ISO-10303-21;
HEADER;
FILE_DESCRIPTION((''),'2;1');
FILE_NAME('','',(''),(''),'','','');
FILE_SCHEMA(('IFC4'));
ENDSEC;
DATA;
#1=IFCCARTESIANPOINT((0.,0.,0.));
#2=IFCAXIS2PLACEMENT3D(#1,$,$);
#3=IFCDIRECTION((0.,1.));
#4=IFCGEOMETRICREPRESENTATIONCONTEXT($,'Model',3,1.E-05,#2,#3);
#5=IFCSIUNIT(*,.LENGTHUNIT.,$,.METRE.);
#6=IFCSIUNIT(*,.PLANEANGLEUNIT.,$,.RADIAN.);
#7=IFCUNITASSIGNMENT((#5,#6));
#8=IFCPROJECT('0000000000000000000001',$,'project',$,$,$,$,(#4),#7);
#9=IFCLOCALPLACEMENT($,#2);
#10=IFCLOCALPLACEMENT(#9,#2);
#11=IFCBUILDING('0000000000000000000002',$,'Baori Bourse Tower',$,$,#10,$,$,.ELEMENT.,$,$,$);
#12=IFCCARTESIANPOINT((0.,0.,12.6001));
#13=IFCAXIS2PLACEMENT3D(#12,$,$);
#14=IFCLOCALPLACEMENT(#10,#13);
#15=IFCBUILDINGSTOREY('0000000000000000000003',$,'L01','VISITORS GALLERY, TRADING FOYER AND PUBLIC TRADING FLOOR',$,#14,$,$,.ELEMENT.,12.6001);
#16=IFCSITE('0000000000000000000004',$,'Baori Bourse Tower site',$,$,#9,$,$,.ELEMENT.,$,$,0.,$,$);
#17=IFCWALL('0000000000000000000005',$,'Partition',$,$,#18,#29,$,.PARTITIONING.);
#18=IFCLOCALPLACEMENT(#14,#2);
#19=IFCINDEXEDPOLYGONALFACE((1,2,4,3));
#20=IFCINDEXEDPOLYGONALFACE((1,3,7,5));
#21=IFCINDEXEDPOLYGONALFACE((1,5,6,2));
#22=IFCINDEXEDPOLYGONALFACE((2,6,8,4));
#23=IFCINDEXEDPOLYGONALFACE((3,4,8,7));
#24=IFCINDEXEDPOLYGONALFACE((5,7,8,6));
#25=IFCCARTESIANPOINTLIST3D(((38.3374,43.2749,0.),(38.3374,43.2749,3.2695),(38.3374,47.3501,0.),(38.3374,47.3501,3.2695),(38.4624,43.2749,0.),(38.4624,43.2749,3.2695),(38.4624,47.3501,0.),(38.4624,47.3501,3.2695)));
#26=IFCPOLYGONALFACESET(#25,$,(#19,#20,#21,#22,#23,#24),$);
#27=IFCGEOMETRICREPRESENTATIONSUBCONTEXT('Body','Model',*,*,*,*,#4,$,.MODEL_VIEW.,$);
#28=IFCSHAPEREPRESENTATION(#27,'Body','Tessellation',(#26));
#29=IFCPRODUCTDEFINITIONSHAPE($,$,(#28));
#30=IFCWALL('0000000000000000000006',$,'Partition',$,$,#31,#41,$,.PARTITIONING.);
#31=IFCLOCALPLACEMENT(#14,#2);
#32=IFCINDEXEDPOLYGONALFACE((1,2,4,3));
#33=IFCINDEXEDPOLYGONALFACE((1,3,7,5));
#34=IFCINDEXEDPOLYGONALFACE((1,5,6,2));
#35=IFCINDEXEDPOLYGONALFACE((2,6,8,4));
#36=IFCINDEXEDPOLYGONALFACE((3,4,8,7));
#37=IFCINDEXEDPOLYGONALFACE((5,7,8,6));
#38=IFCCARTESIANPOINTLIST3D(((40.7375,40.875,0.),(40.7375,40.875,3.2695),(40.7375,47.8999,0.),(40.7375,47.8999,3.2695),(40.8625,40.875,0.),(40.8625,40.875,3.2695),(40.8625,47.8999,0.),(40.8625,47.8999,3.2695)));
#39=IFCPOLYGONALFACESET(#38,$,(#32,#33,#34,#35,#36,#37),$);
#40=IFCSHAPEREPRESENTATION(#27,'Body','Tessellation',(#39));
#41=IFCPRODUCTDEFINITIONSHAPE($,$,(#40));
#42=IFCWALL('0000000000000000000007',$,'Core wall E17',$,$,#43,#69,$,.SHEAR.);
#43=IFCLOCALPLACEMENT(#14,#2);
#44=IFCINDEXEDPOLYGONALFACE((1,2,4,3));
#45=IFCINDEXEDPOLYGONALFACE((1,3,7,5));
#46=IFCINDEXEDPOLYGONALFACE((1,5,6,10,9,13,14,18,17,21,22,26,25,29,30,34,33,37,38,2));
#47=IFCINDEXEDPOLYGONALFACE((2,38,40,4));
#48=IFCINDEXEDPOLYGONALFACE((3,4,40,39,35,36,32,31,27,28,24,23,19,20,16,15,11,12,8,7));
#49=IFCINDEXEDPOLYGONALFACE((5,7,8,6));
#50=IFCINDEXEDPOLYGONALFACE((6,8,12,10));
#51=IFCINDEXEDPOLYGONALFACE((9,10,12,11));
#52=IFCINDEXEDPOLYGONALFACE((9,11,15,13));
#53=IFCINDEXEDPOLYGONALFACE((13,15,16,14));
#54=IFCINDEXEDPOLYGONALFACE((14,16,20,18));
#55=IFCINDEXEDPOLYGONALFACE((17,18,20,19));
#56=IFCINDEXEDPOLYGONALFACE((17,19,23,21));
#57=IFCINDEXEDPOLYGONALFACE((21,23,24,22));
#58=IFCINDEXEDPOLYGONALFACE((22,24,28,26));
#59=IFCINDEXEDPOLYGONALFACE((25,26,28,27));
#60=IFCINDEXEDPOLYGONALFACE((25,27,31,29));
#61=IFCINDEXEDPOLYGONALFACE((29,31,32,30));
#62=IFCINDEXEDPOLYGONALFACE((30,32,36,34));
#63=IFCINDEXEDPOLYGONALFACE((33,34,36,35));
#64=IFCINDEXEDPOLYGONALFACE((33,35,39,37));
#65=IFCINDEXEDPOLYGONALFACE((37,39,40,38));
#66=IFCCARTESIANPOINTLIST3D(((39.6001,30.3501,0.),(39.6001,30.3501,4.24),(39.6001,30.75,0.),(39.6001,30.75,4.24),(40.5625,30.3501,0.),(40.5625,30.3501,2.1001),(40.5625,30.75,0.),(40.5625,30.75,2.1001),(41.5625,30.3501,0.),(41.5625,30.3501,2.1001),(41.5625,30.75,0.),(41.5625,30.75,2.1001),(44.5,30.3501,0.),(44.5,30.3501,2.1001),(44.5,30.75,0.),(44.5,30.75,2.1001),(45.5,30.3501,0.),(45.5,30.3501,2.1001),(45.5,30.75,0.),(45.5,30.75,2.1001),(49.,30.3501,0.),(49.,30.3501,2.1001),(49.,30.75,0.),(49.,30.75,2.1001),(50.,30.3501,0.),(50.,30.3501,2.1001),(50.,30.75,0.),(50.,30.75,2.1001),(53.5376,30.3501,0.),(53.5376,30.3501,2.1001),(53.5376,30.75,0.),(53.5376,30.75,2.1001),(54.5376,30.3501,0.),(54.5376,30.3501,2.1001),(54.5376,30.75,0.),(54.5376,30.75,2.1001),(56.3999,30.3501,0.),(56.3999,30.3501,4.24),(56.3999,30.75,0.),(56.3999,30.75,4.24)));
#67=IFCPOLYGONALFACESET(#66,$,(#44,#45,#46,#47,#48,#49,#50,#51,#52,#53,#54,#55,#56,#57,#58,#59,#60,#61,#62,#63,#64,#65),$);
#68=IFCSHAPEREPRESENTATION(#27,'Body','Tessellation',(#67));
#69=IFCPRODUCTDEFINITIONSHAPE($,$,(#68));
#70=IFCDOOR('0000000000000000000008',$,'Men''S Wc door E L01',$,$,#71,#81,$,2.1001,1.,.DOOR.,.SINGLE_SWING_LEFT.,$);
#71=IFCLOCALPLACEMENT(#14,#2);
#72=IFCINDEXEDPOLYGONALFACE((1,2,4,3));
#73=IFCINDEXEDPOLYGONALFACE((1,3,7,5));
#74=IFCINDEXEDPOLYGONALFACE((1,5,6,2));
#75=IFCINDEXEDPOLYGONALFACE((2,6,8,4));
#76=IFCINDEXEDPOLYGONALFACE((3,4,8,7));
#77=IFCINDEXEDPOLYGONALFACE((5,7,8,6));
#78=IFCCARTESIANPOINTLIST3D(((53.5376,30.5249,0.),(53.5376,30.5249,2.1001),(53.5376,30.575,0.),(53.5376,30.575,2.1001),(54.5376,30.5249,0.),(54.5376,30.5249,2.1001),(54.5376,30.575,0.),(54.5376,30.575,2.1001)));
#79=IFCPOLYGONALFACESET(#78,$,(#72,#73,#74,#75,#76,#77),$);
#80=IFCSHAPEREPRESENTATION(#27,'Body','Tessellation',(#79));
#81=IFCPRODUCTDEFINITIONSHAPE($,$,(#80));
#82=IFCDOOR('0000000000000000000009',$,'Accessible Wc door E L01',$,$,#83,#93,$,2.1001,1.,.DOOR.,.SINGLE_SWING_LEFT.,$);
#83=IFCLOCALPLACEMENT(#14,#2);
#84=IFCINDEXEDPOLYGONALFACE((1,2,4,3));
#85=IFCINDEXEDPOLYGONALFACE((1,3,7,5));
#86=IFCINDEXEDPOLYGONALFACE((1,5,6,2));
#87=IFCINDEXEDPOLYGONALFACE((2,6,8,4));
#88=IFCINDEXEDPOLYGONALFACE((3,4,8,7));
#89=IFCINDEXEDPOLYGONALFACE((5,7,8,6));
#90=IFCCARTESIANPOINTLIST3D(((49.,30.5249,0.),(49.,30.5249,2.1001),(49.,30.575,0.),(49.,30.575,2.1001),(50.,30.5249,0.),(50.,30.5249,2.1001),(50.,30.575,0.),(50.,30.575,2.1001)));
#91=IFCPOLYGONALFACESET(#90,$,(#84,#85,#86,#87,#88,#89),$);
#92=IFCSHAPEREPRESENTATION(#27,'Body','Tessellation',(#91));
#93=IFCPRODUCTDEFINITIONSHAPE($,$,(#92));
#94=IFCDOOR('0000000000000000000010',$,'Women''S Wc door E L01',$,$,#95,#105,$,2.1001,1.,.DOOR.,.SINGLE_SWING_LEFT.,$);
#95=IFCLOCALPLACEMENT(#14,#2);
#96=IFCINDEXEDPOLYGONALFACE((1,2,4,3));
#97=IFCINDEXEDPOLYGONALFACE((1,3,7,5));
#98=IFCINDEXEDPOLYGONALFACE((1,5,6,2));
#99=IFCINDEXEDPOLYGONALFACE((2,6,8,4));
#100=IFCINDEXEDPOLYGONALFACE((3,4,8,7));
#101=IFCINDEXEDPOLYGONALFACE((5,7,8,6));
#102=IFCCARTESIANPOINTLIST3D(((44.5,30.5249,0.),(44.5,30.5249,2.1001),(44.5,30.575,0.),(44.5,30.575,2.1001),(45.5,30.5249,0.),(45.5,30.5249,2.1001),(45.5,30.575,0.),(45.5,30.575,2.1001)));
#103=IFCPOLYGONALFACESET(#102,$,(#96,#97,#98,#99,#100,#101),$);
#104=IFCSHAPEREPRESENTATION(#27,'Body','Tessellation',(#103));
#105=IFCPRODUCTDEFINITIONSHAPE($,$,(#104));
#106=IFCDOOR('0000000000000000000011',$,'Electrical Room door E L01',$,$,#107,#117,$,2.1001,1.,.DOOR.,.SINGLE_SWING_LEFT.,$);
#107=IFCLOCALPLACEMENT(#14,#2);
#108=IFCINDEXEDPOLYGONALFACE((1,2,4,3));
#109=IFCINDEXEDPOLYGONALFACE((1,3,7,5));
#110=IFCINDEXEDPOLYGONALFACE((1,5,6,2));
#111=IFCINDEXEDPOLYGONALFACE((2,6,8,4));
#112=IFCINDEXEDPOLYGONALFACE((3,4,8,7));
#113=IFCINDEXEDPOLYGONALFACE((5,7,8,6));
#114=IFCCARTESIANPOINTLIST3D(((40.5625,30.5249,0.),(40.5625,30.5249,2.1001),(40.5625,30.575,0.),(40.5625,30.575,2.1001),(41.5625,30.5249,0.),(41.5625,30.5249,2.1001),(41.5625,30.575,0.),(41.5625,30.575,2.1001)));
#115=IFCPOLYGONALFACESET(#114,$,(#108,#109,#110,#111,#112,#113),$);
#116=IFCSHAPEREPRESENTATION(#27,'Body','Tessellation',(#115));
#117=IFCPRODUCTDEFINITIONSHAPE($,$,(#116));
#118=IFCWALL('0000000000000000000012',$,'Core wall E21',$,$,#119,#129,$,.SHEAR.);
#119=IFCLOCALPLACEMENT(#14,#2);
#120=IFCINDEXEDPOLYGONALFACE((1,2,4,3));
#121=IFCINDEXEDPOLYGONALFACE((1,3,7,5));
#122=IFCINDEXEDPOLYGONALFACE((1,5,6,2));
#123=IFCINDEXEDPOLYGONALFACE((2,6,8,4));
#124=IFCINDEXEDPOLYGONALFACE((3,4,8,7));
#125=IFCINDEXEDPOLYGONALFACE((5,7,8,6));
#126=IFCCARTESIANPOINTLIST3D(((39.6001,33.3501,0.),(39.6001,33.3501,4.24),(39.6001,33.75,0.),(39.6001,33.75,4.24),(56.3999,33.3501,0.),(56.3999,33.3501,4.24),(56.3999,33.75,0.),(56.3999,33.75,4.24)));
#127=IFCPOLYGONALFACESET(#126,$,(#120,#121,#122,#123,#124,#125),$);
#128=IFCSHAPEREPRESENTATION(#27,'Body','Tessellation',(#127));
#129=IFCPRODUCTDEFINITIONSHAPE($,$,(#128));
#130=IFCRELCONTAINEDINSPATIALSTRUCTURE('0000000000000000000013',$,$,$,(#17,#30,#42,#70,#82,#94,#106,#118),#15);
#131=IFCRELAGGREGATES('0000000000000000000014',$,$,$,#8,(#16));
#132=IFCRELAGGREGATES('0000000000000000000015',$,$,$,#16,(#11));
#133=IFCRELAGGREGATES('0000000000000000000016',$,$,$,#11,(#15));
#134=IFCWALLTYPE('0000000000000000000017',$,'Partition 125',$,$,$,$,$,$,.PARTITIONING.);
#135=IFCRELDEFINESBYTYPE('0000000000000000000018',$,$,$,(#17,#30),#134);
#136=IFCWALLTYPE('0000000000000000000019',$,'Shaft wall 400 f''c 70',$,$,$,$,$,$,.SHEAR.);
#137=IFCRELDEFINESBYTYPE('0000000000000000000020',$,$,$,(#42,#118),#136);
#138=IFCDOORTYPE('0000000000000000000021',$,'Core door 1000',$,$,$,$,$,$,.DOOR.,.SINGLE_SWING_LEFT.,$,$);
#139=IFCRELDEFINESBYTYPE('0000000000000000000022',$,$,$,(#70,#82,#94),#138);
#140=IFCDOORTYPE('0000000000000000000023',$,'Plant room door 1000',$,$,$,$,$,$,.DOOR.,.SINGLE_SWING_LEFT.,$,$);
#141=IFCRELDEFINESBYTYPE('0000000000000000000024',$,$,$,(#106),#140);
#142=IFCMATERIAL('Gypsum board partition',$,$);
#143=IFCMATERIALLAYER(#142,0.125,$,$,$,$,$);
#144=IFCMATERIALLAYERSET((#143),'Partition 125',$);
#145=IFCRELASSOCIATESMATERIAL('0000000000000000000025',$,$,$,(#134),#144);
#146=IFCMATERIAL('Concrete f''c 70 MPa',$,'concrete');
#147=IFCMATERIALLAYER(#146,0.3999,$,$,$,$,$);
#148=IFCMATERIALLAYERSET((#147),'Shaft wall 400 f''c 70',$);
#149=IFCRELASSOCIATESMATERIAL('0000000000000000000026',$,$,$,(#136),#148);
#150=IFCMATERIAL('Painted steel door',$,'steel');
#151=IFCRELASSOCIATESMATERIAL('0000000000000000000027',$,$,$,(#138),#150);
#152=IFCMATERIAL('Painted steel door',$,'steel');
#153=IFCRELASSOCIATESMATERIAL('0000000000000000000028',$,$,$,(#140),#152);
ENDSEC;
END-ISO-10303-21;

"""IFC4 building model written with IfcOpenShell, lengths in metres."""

from ifc_helpers import new_model, si_unit, direction, frame, frame_2d, origin, place, context, subcontext, project, spatial, rectangle, extrude, material, layer, layer_set, type_object, element, fill, save


model = new_model("IFC4")

# Units and contexts
model_context = context("Model", 3, precision=1e-05, world=origin(), true_north=direction((0.0, 1.0)))
body_context = subcontext(model_context, "Body", "Model", "MODEL_VIEW")
ifc_project = project(units=[si_unit("LENGTHUNIT", "METRE"), si_unit("PLANEANGLEUNIT", "RADIAN")], contexts=[model_context])

# Site, building, storey
site_placement = place(None, origin())
site = spatial("IfcSite", under=ifc_project, at=site_placement, Name="Baori Bourse Tower site", CompositionType="ELEMENT", RefElevation=0.0)
building_placement = place(site_placement, origin())
building = spatial("IfcBuilding", under=site, at=building_placement, Name="Baori Bourse Tower", CompositionType="ELEMENT")
storey_placement = place(building_placement, frame((0.0, 0.0, 12.6001)))
storey = spatial("IfcBuildingStorey", under=building, at=storey_placement, Name="L01", Description="VISITORS GALLERY, TRADING FOYER AND PUBLIC TRADING FLOOR", CompositionType="ELEMENT", Elevation=12.6001)

# Walls
ifc_material_1 = material(Name="Gypsum board partition")
ifc_layer_1 = layer(ifc_material_1, 0.125)
ifc_layer_set_1 = layer_set([ifc_layer_1], Name="Partition 125")
wall_type_1 = type_object("IfcWallType", Name="Partition 125", PredefinedType="PARTITIONING", material=ifc_layer_set_1)
for number, where, z_axis, x_axis, name in (
    (1, (38.3999, 43.2749, 0.0), (0.0, 0.0, 1.0), (0.0, 1.0, 0.0), "Partition"),
):
    element("IfcWall", number, at=place(storey_placement, frame(where, z_axis=z_axis, x_axis=x_axis)), inside=storey, type_object=wall_type_1, Name=name, PredefinedType="PARTITIONING", context=body_context, shape_type="SweptSolid", body=[
        extrude(rectangle(XDim=4.0752, YDim=0.125, at=frame_2d((2.0376, 0.0))), origin(), (0.0, 0.0, 1.0), 3.2695),
    ])
wall_1_placement = place(storey_placement, frame((40.8, 40.875, 0.0), z_axis=(0.0, 0.0, 1.0), x_axis=(0.0, 1.0, 0.0)))
element("IfcWall", 2, at=wall_1_placement, inside=storey, type_object=wall_type_1, Name="Partition", PredefinedType="PARTITIONING", context=body_context, shape_type="SweptSolid", body=[
    extrude(rectangle(XDim=7.0249, YDim=0.125, at=frame_2d((3.5125, 0.0))), origin(), (0.0, 0.0, 1.0), 3.2695),
])

# Wall, openings, doors
ifc_material_2 = material(Name="Concrete f'c 70 MPa", Category="concrete")
ifc_layer_2 = layer(ifc_material_2, 0.3999)
ifc_layer_set_2 = layer_set([ifc_layer_2], Name="Shaft wall 400 f'c 70")
wall_type_2 = type_object("IfcWallType", Name="Shaft wall 400 f'c 70", PredefinedType="SHEAR", material=ifc_layer_set_2)
wall_2_placement = place(storey_placement, frame((39.6001, 30.55, 0.0), z_axis=(0.0, 0.0, 1.0), x_axis=(1.0, 0.0, 0.0)))
wall_2 = element("IfcWall", 3, at=wall_2_placement, inside=storey, type_object=wall_type_2, Name="Core wall E17", PredefinedType="SHEAR", context=body_context, shape_type="SweptSolid", body=[
    extrude(rectangle(XDim=16.7998, YDim=0.3999, at=frame_2d((8.3999, 0.0))), origin(), (0.0, 0.0, 1.0), 4.24),
])
opening_1_placement = place(wall_2_placement, frame((13.9375, 0.0, 0.0)))
opening_1 = element("IfcOpeningElement", 4, at=opening_1_placement, cuts=wall_2, PredefinedType="OPENING", context=body_context, shape_type="SweptSolid", body=[
    extrude(rectangle(XDim=1.0, YDim=2.1001, at=frame_2d((0.5, 1.05))), frame((0.0, 0.21, 0.0), z_axis=(0.0, -1.0, 0.0), x_axis=(1.0, 0.0, 0.0)), (0.0, 0.0, 1.0), 0.4199),
])
opening_2_placement = place(wall_2_placement, frame((9.3999, 0.0, 0.0)))
opening_2 = element("IfcOpeningElement", 5, at=opening_2_placement, cuts=wall_2, PredefinedType="OPENING", context=body_context, shape_type="SweptSolid", body=[
    extrude(rectangle(XDim=1.0, YDim=2.1001, at=frame_2d((0.5, 1.05))), frame((0.0, 0.21, 0.0), z_axis=(0.0, -1.0, 0.0), x_axis=(1.0, 0.0, 0.0)), (0.0, 0.0, 1.0), 0.4199),
])
opening_3_placement = place(wall_2_placement, frame((4.8999, 0.0, 0.0)))
opening_3 = element("IfcOpeningElement", 6, at=opening_3_placement, cuts=wall_2, PredefinedType="OPENING", context=body_context, shape_type="SweptSolid", body=[
    extrude(rectangle(XDim=1.0, YDim=2.1001, at=frame_2d((0.5, 1.05))), frame((0.0, 0.21, 0.0), z_axis=(0.0, -1.0, 0.0), x_axis=(1.0, 0.0, 0.0)), (0.0, 0.0, 1.0), 0.4199),
])
opening_4_placement = place(wall_2_placement, frame((0.9624, 0.0, 0.0)))
opening_4 = element("IfcOpeningElement", 7, at=opening_4_placement, cuts=wall_2, PredefinedType="OPENING", context=body_context, shape_type="SweptSolid", body=[
    extrude(rectangle(XDim=1.0, YDim=2.1001, at=frame_2d((0.5, 1.05))), frame((0.0, 0.21, 0.0), z_axis=(0.0, -1.0, 0.0), x_axis=(1.0, 0.0, 0.0)), (0.0, 0.0, 1.0), 0.4199),
])
ifc_material_3 = material(Name="Painted steel door", Category="steel")
door_type_1 = type_object("IfcDoorType", Name="Core door 1000", OperationType="SINGLE_SWING_LEFT", PredefinedType="DOOR", material=ifc_material_3)
door_1_placement = place(opening_1_placement, origin())
door_1 = element("IfcDoor", 8, at=door_1_placement, inside=storey, type_object=door_type_1, Name="Men'S Wc door E L01", OperationType="SINGLE_SWING_LEFT", OverallHeight=2.1001, OverallWidth=1.0, PredefinedType="DOOR", context=body_context, shape_type="SweptSolid", body=[
    extrude(rectangle(XDim=1.0, YDim=2.1001, at=frame_2d((0.5, 1.05))), frame((0.0, 0.0249, 0.0), z_axis=(0.0, -1.0, 0.0), x_axis=(1.0, 0.0, 0.0)), (0.0, 0.0, 1.0), 0.05),
])
fill(opening_1, door_1)
door_2_placement = place(opening_2_placement, origin())
door_2 = element("IfcDoor", 9, at=door_2_placement, inside=storey, type_object=door_type_1, Name="Accessible Wc door E L01", OperationType="SINGLE_SWING_LEFT", OverallHeight=2.1001, OverallWidth=1.0, PredefinedType="DOOR", context=body_context, shape_type="SweptSolid", body=[
    extrude(rectangle(XDim=1.0, YDim=2.1001, at=frame_2d((0.5, 1.05))), frame((0.0, 0.0249, 0.0), z_axis=(0.0, -1.0, 0.0), x_axis=(1.0, 0.0, 0.0)), (0.0, 0.0, 1.0), 0.05),
])
fill(opening_2, door_2)
door_3_placement = place(opening_3_placement, origin())
door_3 = element("IfcDoor", 10, at=door_3_placement, inside=storey, type_object=door_type_1, Name="Women'S Wc door E L01", OperationType="SINGLE_SWING_LEFT", OverallHeight=2.1001, OverallWidth=1.0, PredefinedType="DOOR", context=body_context, shape_type="SweptSolid", body=[
    extrude(rectangle(XDim=1.0, YDim=2.1001, at=frame_2d((0.5, 1.05))), frame((0.0, 0.0249, 0.0), z_axis=(0.0, -1.0, 0.0), x_axis=(1.0, 0.0, 0.0)), (0.0, 0.0, 1.0), 0.05),
])
fill(opening_3, door_3)
ifc_material_4 = material(Name="Painted steel door", Category="steel")
door_type_2 = type_object("IfcDoorType", Name="Plant room door 1000", OperationType="SINGLE_SWING_LEFT", PredefinedType="DOOR", material=ifc_material_4)
door_4_placement = place(opening_4_placement, origin())
door_4 = element("IfcDoor", 11, at=door_4_placement, inside=storey, type_object=door_type_2, Name="Electrical Room door E L01", OperationType="SINGLE_SWING_LEFT", OverallHeight=2.1001, OverallWidth=1.0, PredefinedType="DOOR", context=body_context, shape_type="SweptSolid", body=[
    extrude(rectangle(XDim=1.0, YDim=2.1001, at=frame_2d((0.5, 1.05))), frame((0.0, 0.0249, 0.0), z_axis=(0.0, -1.0, 0.0), x_axis=(1.0, 0.0, 0.0)), (0.0, 0.0, 1.0), 0.05),
])
fill(opening_4, door_4)

# Wall
wall_3_placement = place(storey_placement, frame((39.6001, 33.55, 0.0), z_axis=(0.0, 0.0, 1.0), x_axis=(1.0, 0.0, 0.0)))
element("IfcWall", 12, at=wall_3_placement, inside=storey, type_object=wall_type_2, Name="Core wall E21", PredefinedType="SHEAR", context=body_context, shape_type="SweptSolid", body=[
    extrude(rectangle(XDim=16.7998, YDim=0.3999, at=frame_2d((8.3999, 0.0))), origin(), (0.0, 0.0, 1.0), 4.24),
])

save(model, "model.ifc")
